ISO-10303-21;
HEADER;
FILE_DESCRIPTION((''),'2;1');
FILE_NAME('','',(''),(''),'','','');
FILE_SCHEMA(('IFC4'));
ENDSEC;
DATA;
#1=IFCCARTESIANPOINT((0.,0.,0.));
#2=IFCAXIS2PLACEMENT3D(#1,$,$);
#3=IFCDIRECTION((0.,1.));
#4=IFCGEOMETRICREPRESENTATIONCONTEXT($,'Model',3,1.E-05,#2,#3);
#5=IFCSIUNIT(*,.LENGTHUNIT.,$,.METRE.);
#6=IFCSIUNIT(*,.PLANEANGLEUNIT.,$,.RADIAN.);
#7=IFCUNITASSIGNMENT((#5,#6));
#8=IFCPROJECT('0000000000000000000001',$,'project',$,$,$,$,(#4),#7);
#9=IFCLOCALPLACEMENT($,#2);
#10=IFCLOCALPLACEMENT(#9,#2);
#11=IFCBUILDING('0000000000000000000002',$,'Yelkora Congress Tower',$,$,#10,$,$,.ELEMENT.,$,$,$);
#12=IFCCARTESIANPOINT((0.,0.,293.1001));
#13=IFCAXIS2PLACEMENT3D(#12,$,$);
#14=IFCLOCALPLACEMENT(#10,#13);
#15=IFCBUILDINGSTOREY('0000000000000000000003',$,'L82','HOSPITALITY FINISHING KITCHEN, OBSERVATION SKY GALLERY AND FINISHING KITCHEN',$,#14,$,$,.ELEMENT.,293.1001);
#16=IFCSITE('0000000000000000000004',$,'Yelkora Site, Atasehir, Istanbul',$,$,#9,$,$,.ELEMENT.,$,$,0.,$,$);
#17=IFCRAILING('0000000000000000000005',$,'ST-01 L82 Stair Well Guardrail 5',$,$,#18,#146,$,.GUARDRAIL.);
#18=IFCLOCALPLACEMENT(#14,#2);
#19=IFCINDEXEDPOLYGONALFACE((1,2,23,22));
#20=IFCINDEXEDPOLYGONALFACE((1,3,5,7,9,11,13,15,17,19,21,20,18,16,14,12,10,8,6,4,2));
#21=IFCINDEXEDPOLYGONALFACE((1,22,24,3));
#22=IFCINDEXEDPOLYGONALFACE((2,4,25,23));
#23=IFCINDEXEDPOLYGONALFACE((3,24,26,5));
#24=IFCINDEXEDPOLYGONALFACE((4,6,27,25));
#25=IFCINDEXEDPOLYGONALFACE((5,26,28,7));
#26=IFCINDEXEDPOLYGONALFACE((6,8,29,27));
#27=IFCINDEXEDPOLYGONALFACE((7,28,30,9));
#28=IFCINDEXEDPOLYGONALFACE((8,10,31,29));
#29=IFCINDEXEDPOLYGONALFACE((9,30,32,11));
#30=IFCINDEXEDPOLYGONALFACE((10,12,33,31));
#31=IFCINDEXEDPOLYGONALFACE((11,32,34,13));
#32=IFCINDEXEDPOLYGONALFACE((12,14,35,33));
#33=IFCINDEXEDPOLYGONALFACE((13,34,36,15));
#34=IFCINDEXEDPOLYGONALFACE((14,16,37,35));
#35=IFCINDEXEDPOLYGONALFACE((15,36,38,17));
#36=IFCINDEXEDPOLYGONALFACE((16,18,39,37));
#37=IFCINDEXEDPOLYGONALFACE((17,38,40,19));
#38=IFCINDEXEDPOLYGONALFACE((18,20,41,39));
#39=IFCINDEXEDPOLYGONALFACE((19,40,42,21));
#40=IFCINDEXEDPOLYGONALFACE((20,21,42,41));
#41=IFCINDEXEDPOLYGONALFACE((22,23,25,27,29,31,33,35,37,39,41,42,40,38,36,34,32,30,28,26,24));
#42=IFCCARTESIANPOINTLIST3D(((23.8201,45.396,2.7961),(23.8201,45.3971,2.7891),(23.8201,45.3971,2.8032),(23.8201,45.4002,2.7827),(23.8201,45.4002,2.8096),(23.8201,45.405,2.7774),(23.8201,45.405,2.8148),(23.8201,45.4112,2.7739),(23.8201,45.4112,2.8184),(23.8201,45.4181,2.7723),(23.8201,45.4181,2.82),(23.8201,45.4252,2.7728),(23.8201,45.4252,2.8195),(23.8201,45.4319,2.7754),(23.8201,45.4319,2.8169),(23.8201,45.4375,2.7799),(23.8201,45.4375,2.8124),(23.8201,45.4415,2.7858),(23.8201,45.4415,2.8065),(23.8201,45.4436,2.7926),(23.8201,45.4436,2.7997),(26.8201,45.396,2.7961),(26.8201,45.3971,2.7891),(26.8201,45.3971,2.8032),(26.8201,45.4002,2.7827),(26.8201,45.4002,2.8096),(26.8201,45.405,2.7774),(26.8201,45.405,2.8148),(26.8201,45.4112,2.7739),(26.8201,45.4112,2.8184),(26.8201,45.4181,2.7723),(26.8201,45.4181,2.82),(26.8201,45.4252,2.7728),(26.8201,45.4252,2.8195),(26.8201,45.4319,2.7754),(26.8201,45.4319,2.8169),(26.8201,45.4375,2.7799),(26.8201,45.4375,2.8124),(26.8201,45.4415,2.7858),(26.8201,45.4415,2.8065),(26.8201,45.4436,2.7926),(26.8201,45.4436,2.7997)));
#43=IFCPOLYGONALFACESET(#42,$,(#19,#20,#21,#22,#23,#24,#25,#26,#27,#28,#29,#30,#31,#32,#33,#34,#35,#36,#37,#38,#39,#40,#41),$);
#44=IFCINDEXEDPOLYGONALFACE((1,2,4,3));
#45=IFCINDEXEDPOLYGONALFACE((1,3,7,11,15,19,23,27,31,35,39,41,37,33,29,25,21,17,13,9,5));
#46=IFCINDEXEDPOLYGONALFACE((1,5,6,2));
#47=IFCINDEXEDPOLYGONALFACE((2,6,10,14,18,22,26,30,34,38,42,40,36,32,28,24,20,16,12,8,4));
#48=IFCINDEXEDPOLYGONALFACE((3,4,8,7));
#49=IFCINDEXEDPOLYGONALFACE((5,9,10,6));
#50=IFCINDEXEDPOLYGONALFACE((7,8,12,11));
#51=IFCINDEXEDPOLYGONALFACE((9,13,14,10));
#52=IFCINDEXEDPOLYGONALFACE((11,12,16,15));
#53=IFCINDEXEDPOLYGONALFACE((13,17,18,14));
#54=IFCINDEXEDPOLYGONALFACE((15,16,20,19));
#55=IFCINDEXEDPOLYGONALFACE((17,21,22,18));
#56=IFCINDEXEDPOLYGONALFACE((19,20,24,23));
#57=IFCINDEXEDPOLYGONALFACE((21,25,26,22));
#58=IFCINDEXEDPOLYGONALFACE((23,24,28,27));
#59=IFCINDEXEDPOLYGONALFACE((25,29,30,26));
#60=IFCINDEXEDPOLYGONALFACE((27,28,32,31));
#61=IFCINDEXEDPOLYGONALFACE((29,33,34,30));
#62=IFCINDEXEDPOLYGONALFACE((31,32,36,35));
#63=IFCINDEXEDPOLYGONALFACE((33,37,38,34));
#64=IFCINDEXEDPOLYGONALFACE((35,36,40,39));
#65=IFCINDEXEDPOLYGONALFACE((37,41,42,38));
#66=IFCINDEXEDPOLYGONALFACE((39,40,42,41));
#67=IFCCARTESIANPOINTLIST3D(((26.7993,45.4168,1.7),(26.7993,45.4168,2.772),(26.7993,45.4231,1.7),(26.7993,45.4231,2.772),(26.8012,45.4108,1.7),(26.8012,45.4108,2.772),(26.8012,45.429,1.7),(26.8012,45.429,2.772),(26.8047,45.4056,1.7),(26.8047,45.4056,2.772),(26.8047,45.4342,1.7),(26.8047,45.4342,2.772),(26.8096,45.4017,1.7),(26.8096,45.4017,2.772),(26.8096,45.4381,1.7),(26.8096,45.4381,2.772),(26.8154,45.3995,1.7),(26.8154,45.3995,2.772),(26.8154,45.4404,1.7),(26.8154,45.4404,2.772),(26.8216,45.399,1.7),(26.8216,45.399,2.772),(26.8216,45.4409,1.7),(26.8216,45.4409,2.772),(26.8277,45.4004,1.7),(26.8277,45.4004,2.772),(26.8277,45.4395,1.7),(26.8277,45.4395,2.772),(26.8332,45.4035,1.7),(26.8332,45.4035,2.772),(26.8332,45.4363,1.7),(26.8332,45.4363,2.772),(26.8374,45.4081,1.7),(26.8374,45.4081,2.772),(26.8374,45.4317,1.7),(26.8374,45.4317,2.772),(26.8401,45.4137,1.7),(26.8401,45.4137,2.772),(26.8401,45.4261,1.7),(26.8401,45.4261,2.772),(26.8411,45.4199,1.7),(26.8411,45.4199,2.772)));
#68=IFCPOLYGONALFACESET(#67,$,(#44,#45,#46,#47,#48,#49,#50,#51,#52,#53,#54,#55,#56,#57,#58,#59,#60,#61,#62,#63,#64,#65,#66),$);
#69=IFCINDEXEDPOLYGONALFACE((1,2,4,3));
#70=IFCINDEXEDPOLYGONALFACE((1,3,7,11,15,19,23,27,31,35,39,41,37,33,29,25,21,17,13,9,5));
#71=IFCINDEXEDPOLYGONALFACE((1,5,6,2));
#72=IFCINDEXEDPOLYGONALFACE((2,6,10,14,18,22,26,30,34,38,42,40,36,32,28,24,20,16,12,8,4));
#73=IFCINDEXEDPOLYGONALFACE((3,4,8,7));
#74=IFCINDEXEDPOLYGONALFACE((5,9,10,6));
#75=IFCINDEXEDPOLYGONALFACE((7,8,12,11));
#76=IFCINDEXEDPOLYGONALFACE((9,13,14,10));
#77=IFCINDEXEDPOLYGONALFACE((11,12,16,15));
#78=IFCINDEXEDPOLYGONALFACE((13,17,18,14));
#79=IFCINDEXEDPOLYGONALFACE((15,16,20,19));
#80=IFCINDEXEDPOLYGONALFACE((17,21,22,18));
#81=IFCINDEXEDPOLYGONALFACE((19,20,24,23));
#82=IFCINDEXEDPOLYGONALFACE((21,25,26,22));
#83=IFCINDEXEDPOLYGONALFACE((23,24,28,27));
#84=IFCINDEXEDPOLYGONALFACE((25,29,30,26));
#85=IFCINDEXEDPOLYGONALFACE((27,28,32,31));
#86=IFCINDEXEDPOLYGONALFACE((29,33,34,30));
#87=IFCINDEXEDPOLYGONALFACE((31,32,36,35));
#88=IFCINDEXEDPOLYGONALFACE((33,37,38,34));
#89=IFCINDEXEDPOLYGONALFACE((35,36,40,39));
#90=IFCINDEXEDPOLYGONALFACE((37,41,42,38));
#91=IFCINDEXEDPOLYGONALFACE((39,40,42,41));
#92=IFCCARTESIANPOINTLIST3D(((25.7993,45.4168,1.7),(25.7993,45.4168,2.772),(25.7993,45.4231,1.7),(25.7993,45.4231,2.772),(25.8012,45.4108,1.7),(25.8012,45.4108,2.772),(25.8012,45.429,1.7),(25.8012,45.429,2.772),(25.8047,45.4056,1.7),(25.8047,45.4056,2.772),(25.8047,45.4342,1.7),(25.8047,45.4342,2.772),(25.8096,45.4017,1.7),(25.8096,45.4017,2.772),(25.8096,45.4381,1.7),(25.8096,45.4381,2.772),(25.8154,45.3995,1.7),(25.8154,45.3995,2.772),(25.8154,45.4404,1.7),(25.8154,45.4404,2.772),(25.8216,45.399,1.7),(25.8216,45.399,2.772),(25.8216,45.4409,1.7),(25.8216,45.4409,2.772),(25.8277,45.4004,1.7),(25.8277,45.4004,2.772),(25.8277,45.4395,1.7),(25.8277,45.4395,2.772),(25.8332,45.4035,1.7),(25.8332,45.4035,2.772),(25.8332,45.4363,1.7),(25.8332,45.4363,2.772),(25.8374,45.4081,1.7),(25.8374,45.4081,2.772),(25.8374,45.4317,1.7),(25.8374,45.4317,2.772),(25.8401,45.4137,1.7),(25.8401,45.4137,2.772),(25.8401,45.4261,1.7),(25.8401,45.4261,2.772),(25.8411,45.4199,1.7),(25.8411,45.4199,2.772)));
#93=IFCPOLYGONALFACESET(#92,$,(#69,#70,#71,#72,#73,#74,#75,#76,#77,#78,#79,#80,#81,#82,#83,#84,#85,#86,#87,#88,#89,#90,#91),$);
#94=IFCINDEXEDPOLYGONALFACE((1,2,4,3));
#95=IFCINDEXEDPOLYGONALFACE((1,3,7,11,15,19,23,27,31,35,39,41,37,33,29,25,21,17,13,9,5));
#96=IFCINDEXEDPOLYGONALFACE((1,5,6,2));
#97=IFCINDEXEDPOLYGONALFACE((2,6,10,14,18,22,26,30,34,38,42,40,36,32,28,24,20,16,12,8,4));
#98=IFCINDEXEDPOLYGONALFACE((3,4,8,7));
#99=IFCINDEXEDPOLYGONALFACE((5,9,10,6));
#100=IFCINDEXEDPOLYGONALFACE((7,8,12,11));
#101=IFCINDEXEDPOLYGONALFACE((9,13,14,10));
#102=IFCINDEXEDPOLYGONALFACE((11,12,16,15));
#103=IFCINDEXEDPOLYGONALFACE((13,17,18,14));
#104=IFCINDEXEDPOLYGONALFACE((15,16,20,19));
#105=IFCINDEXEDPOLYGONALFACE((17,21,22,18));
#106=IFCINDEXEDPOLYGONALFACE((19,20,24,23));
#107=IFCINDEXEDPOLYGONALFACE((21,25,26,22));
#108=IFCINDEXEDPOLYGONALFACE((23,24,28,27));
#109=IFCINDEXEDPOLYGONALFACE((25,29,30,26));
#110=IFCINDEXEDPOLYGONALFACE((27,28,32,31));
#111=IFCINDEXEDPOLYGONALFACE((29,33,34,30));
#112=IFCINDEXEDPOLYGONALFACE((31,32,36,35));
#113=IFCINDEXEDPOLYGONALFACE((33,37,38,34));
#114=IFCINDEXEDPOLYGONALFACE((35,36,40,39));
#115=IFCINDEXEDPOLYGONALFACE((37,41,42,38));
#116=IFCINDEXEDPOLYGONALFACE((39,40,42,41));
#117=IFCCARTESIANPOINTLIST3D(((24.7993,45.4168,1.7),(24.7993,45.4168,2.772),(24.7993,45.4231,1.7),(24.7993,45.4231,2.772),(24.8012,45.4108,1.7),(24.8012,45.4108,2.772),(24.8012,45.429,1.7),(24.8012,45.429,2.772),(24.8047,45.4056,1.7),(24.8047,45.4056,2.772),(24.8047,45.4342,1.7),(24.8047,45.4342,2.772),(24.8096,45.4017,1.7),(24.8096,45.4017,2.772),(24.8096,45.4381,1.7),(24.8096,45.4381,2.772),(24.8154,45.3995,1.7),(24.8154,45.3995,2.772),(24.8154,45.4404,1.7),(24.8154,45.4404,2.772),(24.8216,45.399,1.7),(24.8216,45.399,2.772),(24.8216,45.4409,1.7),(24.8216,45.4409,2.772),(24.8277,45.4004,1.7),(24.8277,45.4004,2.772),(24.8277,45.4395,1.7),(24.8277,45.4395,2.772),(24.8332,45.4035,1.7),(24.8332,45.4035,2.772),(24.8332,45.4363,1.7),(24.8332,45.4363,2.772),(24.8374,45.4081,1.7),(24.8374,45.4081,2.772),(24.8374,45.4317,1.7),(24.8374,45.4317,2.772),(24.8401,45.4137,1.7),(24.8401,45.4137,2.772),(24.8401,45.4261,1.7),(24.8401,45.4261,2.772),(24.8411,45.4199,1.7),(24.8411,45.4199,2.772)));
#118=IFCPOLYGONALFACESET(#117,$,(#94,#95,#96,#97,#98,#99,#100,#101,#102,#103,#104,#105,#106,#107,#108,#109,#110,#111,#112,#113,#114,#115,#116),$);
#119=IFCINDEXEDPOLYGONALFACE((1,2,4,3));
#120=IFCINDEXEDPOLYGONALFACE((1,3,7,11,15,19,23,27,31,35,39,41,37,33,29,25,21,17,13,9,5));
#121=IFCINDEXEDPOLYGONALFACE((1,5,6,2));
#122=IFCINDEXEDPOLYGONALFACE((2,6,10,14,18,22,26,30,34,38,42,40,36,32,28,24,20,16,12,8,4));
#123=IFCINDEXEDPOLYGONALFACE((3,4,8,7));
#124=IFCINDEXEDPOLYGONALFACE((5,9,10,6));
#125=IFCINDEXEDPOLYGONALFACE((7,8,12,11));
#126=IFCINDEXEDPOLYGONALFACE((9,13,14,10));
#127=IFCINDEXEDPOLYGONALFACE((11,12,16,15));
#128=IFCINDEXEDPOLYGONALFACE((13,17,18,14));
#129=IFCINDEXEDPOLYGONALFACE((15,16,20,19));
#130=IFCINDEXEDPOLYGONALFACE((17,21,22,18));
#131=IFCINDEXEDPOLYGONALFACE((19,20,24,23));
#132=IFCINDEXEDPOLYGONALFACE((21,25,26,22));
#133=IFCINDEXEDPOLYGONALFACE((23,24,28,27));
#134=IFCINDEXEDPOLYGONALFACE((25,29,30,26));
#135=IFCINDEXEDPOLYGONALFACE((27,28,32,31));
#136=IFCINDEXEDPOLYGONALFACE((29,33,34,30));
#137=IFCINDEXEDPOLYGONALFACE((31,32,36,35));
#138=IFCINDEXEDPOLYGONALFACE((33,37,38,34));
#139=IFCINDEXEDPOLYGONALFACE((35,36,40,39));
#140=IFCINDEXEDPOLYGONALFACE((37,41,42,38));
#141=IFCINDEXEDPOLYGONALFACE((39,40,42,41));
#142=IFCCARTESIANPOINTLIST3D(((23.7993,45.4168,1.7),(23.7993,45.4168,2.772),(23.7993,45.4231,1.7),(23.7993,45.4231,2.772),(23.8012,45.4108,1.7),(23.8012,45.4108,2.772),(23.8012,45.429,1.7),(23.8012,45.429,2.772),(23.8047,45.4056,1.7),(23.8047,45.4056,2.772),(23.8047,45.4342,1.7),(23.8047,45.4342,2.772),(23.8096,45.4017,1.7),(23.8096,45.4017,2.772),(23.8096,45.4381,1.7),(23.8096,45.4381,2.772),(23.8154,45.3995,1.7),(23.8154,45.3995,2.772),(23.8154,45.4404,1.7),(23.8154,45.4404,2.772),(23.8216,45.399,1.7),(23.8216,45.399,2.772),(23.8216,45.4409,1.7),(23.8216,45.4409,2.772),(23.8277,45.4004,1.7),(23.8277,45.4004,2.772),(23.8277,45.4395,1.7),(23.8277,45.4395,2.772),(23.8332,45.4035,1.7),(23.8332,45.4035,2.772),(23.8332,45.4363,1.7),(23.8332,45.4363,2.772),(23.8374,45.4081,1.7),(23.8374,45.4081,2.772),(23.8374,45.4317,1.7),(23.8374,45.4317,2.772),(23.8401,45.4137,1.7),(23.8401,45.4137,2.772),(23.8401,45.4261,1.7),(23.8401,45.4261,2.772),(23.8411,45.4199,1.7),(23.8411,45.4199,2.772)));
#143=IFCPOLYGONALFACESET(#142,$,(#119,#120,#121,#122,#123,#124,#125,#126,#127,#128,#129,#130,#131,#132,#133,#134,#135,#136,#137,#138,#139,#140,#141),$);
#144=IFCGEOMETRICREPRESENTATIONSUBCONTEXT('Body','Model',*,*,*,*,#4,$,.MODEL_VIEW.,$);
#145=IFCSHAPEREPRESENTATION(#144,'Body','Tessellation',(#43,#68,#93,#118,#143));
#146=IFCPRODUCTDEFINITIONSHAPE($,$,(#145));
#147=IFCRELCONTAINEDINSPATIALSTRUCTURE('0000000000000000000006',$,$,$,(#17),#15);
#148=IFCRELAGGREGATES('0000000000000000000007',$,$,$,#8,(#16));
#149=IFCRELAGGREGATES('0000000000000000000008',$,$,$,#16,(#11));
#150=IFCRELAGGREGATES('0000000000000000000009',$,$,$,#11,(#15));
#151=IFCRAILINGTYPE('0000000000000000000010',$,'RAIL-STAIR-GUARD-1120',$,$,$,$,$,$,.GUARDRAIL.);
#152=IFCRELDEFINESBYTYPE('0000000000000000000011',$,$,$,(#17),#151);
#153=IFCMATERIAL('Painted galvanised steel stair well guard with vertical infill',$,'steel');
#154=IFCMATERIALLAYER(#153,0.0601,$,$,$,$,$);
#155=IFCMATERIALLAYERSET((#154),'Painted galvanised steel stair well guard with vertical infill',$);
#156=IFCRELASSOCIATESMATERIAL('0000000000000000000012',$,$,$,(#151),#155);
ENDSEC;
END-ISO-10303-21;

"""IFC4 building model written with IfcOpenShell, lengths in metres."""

from ifc_helpers import new_model, si_unit, direction, frame, origin, origin_2d, place, context, subcontext, project, spatial, circle, extrude, material, layer, layer_set, type_object, element, save


model = new_model("IFC4")

# Units and contexts
model_context = context("Model", 3, precision=1e-05, world=origin(), true_north=direction((0.0, 1.0)))
body_context = subcontext(model_context, "Body", "Model", "MODEL_VIEW")
ifc_project = project(units=[si_unit("LENGTHUNIT", "METRE"), si_unit("PLANEANGLEUNIT", "RADIAN")], contexts=[model_context])

# Site, building, storey
site_placement = place(None, origin())
site = spatial("IfcSite", under=ifc_project, at=site_placement, Name="Yelkora Site, Atasehir, Istanbul", CompositionType="ELEMENT", RefElevation=0.0)
building_placement = place(site_placement, origin())
building = spatial("IfcBuilding", under=site, at=building_placement, Name="Yelkora Congress Tower", CompositionType="ELEMENT")
storey_placement = place(building_placement, frame((0.0, 0.0, 293.1001)))
storey = spatial("IfcBuildingStorey", under=building, at=storey_placement, Name="L82", Description="HOSPITALITY FINISHING KITCHEN, OBSERVATION SKY GALLERY AND FINISHING KITCHEN", CompositionType="ELEMENT", Elevation=293.1001)

# Railing
ifc_material_1 = material(Name="Painted galvanised steel stair well guard with vertical infill", Category="steel")
ifc_layer_1 = layer(ifc_material_1, 0.0601)
ifc_layer_set_1 = layer_set([ifc_layer_1], Name="Painted galvanised steel stair well guard with vertical infill")
railing_type = type_object("IfcRailingType", Name="RAIL-STAIR-GUARD-1120", PredefinedType="GUARDRAIL", material=ifc_layer_set_1)
railing_1_placement = place(storey_placement, frame((26.8201, 45.4199, 1.7)))
element("IfcRailing", 1, at=railing_1_placement, inside=storey, type_object=railing_type, Name="ST-01 L82 Stair Well Guardrail 5", PredefinedType="GUARDRAIL", context=body_context, shape_type="SweptSolid", body=[
    extrude(circle(Radius=0.0239, at=origin_2d()), frame((0.0, 0.0, 1.0962), z_axis=(-1.0, 0.0, 0.0), x_axis=(0.0, -1.0, 0.0)), (0.0, 0.0, 1.0), 3.0),
    extrude(circle(Radius=0.021, at=origin_2d()), origin(), (0.0, 0.0, 1.0), 1.072),
    extrude(circle(Radius=0.021, at=origin_2d()), frame((-1.0, 0.0, 0.0)), (0.0, 0.0, 1.0), 1.072),
    extrude(circle(Radius=0.021, at=origin_2d()), frame((-2.0, 0.0, 0.0)), (0.0, 0.0, 1.0), 1.072),
    extrude(circle(Radius=0.021, at=origin_2d()), frame((-3.0, 0.0, 0.0)), (0.0, 0.0, 1.0), 1.072),
])

save(model, "model.ifc")
